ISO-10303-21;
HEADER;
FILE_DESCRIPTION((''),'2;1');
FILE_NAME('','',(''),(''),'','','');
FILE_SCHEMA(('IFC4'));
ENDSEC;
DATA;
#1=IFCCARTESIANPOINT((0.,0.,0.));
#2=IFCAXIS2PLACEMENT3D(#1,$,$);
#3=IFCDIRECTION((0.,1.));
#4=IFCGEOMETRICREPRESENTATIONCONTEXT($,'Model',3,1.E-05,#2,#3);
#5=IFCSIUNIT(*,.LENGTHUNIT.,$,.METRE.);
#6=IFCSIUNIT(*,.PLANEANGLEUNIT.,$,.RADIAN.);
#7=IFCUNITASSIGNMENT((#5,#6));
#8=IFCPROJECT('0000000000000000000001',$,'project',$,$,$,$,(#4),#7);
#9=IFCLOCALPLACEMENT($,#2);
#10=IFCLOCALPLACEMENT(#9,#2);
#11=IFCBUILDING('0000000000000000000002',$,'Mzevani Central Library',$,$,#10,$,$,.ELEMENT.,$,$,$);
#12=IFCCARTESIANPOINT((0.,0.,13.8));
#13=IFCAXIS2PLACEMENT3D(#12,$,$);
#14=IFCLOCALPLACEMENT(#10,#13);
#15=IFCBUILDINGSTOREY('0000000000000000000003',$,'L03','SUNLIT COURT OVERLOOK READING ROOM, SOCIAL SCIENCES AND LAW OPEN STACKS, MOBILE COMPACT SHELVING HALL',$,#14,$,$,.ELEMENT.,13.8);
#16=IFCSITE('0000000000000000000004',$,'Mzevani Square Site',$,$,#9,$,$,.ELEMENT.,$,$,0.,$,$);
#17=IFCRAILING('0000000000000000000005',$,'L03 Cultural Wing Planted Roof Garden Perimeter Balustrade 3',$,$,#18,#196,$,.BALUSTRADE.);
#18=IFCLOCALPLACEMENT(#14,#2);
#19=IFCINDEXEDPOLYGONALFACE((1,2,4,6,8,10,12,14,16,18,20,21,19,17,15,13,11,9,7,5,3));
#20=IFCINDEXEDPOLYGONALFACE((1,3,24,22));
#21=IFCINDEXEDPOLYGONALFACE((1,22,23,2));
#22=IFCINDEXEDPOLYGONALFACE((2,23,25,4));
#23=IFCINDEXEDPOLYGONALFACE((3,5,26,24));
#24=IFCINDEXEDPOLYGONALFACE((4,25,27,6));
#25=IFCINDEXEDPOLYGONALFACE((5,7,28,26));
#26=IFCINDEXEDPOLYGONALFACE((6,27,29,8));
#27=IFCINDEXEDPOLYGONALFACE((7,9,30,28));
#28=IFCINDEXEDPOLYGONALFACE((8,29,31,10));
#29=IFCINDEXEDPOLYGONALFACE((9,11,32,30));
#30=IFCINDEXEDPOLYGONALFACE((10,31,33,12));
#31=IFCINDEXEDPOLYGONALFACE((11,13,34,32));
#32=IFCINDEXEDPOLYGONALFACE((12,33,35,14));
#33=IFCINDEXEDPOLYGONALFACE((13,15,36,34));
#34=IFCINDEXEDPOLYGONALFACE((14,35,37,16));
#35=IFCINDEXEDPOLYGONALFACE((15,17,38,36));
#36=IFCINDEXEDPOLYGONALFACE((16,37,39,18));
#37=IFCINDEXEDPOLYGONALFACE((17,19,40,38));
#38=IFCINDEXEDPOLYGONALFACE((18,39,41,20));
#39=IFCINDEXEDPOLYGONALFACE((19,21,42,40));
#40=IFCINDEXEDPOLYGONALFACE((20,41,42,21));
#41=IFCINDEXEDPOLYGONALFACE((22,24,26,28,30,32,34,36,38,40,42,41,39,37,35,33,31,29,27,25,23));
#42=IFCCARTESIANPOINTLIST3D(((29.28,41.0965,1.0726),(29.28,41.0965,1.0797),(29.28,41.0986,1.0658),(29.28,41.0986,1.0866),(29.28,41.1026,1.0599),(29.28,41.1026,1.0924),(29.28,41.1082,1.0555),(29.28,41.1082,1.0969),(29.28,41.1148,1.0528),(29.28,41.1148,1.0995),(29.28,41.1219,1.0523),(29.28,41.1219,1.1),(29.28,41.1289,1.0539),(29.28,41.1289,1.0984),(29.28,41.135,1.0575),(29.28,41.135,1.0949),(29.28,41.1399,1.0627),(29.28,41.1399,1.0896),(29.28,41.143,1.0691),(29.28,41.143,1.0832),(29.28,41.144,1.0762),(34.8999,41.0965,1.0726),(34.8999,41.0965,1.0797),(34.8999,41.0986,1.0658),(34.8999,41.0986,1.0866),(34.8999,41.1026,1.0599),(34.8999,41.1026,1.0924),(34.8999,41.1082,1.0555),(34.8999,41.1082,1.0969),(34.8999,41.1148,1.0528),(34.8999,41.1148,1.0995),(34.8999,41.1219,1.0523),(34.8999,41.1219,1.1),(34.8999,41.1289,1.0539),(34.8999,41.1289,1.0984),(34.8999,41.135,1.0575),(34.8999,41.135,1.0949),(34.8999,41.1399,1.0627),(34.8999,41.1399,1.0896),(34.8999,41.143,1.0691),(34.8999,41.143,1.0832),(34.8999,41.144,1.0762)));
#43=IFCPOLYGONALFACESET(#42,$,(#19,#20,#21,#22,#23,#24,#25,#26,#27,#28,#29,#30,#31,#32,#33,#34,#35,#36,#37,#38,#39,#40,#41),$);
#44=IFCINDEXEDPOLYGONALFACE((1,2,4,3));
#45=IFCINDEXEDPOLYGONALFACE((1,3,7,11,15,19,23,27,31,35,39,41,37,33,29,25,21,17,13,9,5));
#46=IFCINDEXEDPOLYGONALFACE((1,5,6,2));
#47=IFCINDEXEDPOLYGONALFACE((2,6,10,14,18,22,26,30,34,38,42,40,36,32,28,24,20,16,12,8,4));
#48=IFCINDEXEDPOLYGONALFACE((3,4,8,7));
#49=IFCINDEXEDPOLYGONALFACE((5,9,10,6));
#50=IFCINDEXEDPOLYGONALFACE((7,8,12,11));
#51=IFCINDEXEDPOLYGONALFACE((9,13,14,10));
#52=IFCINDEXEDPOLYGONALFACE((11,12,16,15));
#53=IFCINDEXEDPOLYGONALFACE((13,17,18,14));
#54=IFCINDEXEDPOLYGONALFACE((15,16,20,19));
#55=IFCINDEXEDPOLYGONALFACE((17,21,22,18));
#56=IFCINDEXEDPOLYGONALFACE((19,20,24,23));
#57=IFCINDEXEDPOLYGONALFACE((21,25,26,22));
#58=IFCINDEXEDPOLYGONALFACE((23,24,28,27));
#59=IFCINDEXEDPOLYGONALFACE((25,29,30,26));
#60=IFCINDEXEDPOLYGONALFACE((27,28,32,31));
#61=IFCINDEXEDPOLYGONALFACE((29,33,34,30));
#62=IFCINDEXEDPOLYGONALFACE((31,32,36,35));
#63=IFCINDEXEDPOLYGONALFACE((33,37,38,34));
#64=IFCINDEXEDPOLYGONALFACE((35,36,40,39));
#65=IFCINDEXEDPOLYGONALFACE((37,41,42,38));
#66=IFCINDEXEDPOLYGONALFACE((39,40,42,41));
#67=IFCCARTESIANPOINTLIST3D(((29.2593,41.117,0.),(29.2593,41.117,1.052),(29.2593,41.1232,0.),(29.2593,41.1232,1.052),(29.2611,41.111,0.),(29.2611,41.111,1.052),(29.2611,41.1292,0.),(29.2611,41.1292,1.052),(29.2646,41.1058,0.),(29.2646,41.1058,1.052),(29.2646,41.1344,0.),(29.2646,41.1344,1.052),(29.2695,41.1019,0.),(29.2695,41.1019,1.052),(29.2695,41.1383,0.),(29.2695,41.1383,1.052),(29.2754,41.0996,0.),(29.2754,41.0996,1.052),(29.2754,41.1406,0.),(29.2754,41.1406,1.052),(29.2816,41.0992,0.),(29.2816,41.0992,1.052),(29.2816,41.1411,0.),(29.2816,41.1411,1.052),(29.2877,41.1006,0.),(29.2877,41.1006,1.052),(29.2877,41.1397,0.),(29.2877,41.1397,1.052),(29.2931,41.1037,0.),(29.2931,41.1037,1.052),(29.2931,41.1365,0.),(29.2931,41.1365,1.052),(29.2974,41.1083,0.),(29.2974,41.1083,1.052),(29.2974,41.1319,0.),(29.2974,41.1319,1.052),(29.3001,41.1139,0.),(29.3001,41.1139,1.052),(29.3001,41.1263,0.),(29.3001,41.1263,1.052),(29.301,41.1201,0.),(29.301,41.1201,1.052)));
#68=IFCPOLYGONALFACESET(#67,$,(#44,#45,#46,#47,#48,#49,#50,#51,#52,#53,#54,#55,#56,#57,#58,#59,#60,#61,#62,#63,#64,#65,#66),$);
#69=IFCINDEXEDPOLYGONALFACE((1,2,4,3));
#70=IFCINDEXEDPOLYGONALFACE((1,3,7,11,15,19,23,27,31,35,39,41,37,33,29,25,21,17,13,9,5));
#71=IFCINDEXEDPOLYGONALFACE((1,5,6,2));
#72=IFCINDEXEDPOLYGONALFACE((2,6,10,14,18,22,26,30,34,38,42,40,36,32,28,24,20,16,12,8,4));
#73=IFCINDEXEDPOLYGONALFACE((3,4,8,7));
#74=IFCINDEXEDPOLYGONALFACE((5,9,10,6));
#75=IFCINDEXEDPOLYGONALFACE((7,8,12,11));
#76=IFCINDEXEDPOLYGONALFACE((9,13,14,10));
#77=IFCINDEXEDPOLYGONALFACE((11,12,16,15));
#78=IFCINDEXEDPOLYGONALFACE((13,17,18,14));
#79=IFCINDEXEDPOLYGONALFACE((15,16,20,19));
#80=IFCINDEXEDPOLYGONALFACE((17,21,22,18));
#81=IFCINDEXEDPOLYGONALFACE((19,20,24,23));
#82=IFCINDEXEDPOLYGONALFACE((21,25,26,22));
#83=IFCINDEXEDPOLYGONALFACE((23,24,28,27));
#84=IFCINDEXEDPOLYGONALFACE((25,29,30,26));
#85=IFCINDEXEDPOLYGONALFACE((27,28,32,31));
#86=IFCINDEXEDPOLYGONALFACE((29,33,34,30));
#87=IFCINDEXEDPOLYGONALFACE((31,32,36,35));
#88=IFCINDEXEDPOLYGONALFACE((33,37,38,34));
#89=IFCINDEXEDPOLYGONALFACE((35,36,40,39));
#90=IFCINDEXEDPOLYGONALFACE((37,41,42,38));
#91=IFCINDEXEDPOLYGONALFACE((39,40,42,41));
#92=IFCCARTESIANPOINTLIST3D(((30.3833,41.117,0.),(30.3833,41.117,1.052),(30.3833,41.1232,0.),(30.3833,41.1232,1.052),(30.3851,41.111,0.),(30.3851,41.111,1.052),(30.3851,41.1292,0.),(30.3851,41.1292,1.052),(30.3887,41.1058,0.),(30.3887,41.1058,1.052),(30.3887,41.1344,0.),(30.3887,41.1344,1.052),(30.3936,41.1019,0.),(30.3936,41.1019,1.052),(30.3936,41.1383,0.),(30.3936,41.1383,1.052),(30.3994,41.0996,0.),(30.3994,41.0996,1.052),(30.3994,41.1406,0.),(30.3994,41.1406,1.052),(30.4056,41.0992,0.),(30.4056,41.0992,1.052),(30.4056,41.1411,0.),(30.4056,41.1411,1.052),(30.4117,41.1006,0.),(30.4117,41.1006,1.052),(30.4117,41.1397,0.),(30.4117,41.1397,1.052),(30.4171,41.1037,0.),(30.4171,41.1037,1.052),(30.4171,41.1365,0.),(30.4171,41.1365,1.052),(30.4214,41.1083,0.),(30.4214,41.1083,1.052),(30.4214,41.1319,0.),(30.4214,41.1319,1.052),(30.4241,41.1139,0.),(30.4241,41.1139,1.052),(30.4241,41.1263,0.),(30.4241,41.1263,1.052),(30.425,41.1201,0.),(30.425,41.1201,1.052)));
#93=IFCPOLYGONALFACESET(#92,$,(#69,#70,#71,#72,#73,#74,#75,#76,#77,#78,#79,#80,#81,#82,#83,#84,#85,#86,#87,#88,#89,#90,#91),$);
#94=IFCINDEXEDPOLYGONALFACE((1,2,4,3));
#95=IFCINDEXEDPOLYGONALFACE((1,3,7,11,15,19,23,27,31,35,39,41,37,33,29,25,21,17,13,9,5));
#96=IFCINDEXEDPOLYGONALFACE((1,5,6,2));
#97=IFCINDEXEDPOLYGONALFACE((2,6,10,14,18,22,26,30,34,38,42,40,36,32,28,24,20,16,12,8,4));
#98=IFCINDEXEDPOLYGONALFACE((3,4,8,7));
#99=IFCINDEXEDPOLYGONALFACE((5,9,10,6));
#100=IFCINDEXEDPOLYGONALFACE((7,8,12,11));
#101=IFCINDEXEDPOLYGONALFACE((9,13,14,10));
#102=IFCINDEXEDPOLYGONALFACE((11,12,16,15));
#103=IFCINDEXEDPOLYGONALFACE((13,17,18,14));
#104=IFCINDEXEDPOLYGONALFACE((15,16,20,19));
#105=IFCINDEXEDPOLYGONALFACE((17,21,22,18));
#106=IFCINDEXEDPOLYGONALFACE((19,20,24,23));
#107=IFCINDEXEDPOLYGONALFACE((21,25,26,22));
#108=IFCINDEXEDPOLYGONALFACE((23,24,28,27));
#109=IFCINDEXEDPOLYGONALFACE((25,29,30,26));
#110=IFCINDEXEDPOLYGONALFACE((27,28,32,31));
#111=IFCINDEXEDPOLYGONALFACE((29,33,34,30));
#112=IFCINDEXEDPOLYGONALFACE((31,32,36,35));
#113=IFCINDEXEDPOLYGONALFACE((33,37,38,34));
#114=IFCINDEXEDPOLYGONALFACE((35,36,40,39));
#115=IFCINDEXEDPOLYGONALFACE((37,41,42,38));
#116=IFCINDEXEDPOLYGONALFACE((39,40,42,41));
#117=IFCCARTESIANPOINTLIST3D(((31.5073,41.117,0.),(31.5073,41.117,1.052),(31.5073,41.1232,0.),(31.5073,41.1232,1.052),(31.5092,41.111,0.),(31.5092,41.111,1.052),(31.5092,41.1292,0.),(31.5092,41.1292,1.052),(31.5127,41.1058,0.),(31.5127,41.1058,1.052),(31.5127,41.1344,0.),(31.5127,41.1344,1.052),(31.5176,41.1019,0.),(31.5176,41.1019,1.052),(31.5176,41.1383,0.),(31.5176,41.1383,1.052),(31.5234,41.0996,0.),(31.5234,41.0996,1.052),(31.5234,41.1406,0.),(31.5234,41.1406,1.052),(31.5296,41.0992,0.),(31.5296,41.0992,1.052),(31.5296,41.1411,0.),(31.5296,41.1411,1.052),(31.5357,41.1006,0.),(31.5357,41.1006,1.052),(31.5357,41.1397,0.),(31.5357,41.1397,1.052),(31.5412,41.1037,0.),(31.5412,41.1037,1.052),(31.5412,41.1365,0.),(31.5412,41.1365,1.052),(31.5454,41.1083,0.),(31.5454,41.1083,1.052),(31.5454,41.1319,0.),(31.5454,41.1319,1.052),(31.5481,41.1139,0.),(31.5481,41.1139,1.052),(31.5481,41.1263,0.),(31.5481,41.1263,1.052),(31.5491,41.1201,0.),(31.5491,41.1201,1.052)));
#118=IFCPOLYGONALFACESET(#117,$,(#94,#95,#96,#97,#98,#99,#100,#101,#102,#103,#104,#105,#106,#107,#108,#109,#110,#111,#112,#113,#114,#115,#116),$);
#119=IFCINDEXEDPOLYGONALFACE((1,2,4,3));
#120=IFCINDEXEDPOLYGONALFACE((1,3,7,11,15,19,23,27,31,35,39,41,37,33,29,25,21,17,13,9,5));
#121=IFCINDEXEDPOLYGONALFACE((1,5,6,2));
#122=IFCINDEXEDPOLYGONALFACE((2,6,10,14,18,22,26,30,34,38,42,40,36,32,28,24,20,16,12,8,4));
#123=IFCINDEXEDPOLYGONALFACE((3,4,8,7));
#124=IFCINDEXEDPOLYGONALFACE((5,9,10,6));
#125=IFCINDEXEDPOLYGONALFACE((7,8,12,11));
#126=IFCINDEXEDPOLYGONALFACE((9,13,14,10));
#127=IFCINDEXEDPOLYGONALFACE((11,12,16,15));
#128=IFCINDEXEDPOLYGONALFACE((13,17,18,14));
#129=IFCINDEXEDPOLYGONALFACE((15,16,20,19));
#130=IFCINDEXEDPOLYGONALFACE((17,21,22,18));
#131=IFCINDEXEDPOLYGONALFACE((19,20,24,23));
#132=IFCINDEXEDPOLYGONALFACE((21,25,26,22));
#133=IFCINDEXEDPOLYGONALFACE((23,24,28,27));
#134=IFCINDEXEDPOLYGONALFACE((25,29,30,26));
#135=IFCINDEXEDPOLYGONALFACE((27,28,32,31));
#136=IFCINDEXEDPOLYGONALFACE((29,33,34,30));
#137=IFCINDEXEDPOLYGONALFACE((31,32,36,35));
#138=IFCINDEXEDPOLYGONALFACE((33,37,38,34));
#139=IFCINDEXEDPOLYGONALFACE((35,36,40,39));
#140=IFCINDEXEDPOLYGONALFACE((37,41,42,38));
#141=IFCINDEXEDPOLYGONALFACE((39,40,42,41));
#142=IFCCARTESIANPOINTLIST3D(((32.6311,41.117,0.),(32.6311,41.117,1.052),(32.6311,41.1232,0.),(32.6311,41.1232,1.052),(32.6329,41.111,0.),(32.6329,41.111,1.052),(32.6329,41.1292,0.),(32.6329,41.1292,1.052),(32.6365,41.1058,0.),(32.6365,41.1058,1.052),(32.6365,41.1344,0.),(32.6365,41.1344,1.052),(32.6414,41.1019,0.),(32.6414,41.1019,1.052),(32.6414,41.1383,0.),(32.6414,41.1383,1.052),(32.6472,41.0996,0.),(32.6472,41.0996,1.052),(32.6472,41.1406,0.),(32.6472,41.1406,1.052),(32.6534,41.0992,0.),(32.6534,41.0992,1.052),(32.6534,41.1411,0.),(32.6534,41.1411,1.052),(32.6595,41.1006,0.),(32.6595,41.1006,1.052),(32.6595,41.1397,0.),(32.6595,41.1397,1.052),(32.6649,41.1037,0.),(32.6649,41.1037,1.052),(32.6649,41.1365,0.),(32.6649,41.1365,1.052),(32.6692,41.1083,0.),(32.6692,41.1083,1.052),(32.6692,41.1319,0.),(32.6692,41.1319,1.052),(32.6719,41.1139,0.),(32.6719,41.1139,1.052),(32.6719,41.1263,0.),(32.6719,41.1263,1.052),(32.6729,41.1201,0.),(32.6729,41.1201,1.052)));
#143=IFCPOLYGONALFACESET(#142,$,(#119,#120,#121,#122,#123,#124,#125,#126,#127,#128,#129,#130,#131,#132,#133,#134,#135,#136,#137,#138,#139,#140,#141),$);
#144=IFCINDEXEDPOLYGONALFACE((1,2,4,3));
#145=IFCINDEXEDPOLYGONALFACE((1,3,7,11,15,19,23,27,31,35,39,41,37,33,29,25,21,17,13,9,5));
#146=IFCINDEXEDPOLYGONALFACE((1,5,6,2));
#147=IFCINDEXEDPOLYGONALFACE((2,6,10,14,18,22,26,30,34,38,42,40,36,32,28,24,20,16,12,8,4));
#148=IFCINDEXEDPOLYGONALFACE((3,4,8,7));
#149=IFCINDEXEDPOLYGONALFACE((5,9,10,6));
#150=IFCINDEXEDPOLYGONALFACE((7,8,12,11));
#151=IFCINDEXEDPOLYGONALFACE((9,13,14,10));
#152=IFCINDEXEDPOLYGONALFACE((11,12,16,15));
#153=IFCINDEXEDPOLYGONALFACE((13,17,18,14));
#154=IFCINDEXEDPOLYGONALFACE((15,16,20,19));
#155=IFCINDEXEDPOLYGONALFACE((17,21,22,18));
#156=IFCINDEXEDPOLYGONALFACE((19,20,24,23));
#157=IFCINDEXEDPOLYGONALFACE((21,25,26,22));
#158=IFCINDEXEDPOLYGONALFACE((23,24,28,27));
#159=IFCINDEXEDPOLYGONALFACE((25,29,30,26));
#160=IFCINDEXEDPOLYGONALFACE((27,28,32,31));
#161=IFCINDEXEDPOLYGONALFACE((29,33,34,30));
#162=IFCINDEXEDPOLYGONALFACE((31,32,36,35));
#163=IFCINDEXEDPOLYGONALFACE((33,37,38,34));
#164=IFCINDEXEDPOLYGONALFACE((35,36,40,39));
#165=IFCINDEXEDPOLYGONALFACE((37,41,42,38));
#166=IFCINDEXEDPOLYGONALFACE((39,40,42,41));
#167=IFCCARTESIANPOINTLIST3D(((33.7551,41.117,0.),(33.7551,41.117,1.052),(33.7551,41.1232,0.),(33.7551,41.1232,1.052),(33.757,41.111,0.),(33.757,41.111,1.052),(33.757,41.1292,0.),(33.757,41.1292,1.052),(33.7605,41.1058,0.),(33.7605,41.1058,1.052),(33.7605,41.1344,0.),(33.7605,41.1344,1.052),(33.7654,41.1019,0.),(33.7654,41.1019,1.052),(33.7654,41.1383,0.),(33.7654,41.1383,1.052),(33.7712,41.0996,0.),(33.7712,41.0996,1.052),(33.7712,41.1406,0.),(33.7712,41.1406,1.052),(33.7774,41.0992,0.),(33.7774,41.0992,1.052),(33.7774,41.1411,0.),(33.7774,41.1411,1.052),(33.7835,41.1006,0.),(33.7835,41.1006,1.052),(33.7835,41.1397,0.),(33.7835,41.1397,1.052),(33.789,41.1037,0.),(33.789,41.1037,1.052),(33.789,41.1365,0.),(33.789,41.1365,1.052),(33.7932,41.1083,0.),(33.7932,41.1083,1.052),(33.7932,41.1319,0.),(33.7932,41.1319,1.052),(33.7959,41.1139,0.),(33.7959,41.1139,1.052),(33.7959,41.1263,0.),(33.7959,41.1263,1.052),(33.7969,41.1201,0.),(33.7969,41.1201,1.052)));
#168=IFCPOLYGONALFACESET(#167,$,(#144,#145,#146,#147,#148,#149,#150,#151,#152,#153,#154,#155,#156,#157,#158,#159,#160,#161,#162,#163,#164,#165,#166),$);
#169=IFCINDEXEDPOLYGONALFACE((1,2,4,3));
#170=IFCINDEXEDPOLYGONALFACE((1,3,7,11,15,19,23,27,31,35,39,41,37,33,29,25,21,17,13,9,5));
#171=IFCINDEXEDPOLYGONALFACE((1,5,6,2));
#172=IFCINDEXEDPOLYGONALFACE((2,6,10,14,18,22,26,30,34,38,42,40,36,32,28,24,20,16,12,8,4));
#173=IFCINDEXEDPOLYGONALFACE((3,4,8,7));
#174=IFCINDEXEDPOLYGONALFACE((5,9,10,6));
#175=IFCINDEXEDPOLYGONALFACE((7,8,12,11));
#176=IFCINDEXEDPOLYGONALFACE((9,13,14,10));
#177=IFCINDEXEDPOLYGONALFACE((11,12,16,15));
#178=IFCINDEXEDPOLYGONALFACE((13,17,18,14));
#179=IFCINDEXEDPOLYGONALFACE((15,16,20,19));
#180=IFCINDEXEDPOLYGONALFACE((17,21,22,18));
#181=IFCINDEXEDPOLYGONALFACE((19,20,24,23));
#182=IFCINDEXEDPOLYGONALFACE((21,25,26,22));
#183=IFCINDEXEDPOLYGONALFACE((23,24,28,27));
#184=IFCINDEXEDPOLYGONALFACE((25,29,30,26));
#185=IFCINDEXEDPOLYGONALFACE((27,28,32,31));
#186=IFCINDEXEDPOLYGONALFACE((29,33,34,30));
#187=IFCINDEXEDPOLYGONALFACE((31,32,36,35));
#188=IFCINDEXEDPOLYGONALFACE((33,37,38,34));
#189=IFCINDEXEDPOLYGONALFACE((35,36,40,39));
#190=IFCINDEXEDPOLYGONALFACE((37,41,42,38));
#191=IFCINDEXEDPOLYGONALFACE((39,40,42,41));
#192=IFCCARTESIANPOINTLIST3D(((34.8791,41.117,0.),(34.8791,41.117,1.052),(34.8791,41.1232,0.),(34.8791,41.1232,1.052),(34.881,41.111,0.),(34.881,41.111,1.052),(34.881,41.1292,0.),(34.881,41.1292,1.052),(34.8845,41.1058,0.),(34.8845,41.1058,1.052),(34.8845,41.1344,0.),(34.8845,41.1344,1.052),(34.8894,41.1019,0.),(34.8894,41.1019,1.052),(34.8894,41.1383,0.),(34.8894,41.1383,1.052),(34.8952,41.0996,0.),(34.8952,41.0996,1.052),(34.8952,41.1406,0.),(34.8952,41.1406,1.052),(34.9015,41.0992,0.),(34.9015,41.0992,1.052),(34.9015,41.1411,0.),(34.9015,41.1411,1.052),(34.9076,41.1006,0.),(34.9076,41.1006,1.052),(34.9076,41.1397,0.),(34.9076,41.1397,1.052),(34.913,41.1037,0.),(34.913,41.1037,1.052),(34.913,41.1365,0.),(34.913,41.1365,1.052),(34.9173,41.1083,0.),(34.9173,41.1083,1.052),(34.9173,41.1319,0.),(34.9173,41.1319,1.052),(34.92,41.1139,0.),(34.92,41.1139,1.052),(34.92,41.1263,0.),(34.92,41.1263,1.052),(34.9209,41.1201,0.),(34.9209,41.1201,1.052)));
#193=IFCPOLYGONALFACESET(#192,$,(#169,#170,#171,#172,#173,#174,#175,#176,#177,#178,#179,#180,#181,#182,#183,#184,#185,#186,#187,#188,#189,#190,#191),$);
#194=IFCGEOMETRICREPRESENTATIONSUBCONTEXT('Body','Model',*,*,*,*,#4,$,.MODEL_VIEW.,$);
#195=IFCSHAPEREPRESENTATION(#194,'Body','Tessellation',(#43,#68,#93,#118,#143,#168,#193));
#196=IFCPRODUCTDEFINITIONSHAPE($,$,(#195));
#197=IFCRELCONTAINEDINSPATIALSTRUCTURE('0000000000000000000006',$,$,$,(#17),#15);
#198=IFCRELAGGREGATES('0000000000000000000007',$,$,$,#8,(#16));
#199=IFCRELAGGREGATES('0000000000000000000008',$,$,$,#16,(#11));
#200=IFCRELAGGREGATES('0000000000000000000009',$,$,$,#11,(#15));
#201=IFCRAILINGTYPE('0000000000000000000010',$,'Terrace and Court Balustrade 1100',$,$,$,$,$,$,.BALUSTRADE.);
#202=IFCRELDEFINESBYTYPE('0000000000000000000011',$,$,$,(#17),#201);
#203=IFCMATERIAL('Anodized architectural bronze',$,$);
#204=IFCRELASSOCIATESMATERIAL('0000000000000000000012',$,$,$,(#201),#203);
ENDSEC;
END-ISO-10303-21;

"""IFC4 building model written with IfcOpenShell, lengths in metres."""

from ifc_helpers import new_model, si_unit, direction, frame, origin, origin_2d, place, context, subcontext, project, spatial, circle, extrude, material, type_object, element, save


model = new_model("IFC4")

# Units and contexts
model_context = context("Model", 3, precision=1e-05, world=origin(), true_north=direction((0.0, 1.0)))
body_context = subcontext(model_context, "Body", "Model", "MODEL_VIEW")
ifc_project = project(units=[si_unit("LENGTHUNIT", "METRE"), si_unit("PLANEANGLEUNIT", "RADIAN")], contexts=[model_context])

# Site, building, storey
site_placement = place(None, origin())
site = spatial("IfcSite", under=ifc_project, at=site_placement, Name="Mzevani Square Site", CompositionType="ELEMENT", RefElevation=0.0)
building_placement = place(site_placement, origin())
building = spatial("IfcBuilding", under=site, at=building_placement, Name="Mzevani Central Library", CompositionType="ELEMENT")
storey_placement = place(building_placement, frame((0.0, 0.0, 13.8)))
storey = spatial("IfcBuildingStorey", under=building, at=storey_placement, Name="L03", Description="SUNLIT COURT OVERLOOK READING ROOM, SOCIAL SCIENCES AND LAW OPEN STACKS, MOBILE COMPACT SHELVING HALL", CompositionType="ELEMENT", Elevation=13.8)

# Railing
ifc_material_1 = material(Name="Anodized architectural bronze")
railing_type_1 = type_object("IfcRailingType", Name="Terrace and Court Balustrade 1100", PredefinedType="BALUSTRADE", material=ifc_material_1)
railing_1_placement = place(storey_placement, frame((29.28, 41.1201, 0.0)))
element("IfcRailing", 1, at=railing_1_placement, inside=storey, type_object=railing_type_1, Name="L03 Cultural Wing Planted Roof Garden Perimeter Balustrade 3", PredefinedType="BALUSTRADE", context=body_context, shape_type="SweptSolid", body=[
    extrude(circle(Radius=0.0239, at=origin_2d()), frame((0.0, 0.0, 1.0762), z_axis=(1.0, 0.0, 0.0), x_axis=(0.0, 1.0, 0.0)), (0.0, 0.0, 1.0), 5.6199),
    extrude(circle(Radius=0.021, at=origin_2d()), origin(), (0.0, 0.0, 1.0), 1.052),
    extrude(circle(Radius=0.021, at=origin_2d()), frame((1.124, 0.0, 0.0)), (0.0, 0.0, 1.0), 1.052),
    extrude(circle(Radius=0.021, at=origin_2d()), frame((2.248, 0.0, 0.0)), (0.0, 0.0, 1.0), 1.052),
    extrude(circle(Radius=0.021, at=origin_2d()), frame((3.3718, 0.0, 0.0)), (0.0, 0.0, 1.0), 1.052),
    extrude(circle(Radius=0.021, at=origin_2d()), frame((4.4958, 0.0, 0.0)), (0.0, 0.0, 1.0), 1.052),
    extrude(circle(Radius=0.021, at=origin_2d()), frame((5.6199, 0.0, 0.0)), (0.0, 0.0, 1.0), 1.052),
])

save(model, "model.ifc")
